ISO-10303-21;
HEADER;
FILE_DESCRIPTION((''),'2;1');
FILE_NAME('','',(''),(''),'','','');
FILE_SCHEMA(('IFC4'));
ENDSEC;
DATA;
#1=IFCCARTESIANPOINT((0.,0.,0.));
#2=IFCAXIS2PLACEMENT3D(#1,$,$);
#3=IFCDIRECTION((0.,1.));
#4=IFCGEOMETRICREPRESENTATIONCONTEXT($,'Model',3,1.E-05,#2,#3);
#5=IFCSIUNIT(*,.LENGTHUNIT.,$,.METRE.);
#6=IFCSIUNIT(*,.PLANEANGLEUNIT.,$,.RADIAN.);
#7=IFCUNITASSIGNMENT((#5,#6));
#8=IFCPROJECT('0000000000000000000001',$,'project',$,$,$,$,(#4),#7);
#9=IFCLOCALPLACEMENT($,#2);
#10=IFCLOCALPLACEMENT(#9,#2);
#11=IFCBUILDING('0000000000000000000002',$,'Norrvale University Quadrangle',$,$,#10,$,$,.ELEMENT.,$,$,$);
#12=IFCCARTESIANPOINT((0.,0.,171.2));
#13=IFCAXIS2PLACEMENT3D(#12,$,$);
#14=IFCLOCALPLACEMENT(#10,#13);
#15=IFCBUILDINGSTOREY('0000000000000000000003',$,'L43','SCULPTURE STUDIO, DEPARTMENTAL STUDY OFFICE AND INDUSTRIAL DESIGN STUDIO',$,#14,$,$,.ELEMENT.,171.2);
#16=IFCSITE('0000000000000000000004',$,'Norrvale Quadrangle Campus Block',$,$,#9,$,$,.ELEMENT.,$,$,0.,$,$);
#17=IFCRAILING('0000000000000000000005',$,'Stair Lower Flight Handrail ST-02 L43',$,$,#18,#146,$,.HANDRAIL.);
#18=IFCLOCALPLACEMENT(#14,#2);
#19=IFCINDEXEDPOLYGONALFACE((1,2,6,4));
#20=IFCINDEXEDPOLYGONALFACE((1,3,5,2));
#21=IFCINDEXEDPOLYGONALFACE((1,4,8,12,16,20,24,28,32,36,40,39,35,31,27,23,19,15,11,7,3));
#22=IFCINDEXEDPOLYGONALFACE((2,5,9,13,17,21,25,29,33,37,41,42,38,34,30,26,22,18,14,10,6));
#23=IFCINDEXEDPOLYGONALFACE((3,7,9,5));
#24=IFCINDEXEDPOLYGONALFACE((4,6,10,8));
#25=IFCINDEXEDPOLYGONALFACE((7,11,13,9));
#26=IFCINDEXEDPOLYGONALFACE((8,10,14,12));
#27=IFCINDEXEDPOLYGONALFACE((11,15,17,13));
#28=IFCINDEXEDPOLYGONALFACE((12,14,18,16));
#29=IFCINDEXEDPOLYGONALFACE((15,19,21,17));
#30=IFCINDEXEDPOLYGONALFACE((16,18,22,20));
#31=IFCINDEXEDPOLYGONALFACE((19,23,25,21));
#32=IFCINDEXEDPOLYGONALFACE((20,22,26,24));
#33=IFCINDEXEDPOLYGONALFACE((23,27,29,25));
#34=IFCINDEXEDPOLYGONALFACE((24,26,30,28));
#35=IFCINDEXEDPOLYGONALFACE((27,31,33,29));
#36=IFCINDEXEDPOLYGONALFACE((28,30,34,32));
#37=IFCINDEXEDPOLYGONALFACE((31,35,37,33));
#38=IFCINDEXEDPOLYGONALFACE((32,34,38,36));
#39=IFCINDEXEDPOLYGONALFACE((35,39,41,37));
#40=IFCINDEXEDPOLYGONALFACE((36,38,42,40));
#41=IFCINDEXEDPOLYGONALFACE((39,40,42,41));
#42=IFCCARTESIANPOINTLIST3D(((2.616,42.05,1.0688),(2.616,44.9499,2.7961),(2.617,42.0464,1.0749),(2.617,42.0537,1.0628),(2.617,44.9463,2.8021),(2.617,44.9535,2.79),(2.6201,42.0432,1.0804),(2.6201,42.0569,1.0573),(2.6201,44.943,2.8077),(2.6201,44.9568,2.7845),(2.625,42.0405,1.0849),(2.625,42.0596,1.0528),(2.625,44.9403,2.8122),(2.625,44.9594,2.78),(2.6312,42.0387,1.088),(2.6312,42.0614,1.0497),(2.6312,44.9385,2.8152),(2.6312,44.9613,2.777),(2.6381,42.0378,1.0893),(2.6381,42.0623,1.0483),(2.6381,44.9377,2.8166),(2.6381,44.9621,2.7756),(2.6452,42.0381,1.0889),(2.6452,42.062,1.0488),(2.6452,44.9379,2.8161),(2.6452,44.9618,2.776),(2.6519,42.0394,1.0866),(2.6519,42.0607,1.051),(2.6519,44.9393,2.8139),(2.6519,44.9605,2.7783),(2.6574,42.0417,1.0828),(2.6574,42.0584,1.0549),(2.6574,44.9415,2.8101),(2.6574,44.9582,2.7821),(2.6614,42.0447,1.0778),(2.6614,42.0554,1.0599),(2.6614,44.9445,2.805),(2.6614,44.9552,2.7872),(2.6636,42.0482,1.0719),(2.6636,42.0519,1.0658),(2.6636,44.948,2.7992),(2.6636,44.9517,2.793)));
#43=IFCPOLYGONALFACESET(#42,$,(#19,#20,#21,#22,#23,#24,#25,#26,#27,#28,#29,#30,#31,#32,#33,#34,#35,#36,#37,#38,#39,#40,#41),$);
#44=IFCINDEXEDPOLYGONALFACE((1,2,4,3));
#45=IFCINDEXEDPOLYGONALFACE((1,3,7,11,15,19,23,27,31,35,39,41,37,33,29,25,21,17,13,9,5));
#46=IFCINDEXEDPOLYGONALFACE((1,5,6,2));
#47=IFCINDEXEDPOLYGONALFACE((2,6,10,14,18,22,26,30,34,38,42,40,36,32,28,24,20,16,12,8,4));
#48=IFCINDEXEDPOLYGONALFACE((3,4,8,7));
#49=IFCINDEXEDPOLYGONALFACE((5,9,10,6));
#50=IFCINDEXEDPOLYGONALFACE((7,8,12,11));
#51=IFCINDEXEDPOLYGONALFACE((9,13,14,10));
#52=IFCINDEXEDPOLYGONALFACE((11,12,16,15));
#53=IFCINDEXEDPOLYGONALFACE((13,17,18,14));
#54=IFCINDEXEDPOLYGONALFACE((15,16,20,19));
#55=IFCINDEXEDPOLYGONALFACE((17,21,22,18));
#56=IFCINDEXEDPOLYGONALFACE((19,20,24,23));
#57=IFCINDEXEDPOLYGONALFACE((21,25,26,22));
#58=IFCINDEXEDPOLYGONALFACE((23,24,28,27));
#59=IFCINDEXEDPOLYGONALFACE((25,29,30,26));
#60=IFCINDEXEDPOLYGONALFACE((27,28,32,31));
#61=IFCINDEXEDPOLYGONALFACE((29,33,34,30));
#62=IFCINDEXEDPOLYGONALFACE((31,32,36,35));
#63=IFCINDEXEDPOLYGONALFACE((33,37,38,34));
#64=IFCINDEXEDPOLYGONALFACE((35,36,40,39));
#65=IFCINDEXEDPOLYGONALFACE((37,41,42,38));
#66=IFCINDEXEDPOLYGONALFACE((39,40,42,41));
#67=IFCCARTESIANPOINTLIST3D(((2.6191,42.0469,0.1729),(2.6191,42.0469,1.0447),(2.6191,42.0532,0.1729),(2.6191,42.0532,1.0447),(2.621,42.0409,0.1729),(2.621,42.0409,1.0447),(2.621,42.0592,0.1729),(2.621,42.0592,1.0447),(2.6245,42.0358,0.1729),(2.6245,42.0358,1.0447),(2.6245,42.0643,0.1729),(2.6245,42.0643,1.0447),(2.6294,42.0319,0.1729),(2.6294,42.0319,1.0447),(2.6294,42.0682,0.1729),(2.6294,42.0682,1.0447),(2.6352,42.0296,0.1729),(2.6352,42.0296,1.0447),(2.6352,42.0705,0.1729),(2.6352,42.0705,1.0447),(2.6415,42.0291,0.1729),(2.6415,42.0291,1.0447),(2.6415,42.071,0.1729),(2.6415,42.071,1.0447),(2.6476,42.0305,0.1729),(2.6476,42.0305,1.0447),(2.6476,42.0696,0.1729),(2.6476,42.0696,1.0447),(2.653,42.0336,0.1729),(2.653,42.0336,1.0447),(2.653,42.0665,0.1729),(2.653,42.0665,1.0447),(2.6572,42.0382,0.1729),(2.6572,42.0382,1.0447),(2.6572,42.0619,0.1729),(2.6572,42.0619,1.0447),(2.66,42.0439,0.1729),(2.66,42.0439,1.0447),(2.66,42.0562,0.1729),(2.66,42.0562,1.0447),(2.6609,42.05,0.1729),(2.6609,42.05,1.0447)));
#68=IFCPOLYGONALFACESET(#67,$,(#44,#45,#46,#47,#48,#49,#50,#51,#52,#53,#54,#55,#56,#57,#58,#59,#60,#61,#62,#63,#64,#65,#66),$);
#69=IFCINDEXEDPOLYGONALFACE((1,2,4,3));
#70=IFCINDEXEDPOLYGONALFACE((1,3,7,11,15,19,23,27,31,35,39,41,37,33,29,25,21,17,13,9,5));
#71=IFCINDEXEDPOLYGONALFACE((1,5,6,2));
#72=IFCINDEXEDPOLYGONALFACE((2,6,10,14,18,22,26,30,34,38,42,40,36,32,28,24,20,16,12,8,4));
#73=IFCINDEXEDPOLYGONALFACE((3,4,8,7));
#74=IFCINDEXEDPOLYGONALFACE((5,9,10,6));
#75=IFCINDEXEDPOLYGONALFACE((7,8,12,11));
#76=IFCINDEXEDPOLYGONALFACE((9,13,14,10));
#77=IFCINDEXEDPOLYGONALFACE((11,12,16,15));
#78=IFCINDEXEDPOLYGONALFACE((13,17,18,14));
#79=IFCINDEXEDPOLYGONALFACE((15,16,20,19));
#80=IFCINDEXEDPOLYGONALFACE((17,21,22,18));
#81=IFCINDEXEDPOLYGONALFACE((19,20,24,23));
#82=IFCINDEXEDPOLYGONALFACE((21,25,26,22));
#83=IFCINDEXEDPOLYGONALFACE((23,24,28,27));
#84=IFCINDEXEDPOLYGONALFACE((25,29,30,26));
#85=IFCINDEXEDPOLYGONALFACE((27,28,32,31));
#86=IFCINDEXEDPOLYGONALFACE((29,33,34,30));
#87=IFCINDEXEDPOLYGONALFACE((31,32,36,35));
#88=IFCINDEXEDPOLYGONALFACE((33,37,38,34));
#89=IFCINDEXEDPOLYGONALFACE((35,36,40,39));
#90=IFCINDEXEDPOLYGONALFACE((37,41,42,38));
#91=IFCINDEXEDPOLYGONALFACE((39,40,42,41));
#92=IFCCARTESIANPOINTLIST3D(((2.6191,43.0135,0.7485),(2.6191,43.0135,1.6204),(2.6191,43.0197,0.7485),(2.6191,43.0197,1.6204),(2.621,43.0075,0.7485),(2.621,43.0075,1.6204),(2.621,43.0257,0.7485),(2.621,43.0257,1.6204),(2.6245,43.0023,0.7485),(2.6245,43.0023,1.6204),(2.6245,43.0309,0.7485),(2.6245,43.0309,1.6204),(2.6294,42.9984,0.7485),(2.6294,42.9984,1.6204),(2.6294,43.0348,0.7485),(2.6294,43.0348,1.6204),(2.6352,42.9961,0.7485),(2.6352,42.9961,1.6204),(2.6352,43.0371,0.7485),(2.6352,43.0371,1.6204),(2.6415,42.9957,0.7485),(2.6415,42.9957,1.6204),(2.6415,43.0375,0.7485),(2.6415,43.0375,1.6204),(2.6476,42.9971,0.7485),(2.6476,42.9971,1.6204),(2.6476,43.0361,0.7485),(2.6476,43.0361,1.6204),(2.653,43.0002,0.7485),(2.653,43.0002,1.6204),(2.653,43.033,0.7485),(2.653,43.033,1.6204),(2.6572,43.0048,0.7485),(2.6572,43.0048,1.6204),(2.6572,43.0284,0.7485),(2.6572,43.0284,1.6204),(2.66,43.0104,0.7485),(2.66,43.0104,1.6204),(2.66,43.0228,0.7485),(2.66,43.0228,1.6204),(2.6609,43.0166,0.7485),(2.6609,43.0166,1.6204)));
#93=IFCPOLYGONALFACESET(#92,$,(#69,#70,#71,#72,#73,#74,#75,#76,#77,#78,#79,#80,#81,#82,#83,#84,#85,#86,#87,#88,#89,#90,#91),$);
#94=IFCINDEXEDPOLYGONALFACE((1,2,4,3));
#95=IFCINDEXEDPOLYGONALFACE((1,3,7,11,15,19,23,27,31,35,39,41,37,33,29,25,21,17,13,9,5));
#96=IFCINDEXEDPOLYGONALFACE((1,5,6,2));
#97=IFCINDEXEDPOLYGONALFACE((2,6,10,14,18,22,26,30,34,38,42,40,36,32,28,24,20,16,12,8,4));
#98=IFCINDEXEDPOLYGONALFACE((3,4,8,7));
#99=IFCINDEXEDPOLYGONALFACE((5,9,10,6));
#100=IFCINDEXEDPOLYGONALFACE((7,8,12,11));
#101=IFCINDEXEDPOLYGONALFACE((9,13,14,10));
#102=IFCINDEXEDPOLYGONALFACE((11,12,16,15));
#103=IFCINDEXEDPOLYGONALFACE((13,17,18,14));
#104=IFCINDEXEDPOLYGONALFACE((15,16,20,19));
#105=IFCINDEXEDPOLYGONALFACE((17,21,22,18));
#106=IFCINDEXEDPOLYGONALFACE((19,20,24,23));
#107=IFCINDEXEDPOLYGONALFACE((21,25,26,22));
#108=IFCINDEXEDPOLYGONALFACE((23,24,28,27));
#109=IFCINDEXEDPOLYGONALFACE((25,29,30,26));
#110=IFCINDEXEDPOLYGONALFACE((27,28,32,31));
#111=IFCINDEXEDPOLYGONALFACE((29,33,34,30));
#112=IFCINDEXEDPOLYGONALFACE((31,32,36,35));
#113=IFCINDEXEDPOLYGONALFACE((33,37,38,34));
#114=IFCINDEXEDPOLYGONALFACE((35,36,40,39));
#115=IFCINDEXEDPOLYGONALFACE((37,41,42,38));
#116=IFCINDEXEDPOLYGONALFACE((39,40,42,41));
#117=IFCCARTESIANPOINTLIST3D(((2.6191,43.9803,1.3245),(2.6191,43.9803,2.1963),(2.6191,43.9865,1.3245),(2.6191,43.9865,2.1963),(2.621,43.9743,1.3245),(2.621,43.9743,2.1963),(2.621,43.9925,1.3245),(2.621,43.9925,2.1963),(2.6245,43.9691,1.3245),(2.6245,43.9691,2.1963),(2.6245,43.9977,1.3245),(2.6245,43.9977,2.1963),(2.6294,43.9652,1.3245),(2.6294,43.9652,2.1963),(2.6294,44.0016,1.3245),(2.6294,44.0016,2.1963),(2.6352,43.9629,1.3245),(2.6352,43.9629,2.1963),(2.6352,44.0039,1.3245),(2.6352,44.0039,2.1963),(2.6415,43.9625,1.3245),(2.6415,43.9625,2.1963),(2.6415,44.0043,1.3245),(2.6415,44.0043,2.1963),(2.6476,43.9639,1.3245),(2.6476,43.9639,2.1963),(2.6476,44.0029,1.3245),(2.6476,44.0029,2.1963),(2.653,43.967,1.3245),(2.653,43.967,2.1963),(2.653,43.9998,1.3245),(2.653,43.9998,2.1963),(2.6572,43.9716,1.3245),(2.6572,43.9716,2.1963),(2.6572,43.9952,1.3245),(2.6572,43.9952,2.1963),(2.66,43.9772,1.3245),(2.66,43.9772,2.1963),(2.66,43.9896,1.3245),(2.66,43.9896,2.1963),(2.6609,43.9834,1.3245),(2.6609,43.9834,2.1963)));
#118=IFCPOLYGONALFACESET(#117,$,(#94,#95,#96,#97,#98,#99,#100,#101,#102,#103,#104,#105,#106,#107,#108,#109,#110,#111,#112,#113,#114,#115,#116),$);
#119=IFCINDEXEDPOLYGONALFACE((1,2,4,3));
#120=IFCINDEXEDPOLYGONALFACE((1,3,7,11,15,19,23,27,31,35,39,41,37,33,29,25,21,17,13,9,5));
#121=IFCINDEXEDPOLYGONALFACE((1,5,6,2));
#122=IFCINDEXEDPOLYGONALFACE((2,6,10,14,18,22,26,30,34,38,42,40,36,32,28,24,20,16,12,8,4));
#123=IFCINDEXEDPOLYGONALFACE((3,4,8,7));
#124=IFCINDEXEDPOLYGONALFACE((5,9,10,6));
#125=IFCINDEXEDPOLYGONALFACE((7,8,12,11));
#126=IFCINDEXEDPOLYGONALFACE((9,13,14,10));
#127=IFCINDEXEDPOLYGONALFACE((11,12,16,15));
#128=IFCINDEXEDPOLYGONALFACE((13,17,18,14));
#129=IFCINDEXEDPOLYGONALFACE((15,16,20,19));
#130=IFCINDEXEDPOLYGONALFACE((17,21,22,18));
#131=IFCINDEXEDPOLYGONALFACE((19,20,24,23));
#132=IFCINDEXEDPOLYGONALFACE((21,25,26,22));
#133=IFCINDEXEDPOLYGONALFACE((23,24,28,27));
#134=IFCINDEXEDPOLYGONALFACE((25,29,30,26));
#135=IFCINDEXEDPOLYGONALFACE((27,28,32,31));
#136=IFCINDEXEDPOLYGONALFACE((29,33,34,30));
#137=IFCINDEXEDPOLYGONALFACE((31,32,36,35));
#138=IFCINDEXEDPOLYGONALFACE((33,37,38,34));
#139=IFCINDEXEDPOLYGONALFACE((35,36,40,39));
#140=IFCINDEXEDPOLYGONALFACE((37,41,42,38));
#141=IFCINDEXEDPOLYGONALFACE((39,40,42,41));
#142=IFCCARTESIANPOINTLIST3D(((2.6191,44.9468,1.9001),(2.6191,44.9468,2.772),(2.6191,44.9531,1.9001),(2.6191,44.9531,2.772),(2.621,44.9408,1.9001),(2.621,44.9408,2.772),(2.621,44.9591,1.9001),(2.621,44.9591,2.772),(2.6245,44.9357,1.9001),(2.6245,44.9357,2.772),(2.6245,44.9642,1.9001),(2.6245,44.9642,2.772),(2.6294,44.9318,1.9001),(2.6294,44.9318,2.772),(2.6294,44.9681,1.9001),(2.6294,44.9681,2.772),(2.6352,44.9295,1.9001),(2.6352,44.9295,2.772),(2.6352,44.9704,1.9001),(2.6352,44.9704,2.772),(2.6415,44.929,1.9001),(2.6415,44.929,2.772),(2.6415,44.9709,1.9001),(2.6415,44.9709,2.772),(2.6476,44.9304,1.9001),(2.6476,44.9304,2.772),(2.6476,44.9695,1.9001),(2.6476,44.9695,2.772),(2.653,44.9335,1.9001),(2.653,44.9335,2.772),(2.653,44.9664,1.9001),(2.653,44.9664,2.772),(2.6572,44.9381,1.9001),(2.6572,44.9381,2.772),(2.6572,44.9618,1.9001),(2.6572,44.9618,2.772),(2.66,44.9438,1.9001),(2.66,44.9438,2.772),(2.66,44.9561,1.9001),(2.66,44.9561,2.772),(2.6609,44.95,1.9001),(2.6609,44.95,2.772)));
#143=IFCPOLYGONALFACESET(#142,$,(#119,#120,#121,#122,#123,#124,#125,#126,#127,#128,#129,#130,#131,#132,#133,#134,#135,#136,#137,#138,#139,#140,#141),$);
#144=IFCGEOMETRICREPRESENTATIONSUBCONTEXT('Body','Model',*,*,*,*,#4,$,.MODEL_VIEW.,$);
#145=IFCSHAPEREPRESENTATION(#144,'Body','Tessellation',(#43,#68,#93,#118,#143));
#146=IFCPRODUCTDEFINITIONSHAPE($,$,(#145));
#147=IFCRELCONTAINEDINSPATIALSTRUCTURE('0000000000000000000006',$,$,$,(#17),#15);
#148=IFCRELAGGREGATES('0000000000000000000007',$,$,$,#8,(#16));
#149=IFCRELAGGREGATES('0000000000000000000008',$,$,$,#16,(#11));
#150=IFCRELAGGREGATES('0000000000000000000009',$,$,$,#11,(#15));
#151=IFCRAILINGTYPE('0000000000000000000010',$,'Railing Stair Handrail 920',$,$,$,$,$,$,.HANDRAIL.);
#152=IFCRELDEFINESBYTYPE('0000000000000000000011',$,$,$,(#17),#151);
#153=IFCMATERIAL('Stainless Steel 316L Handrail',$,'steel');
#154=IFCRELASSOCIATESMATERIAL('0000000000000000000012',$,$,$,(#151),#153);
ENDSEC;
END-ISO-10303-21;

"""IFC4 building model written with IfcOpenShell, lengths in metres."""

from ifc_helpers import new_model, si_unit, direction, frame, origin, origin_2d, place, context, subcontext, project, spatial, circle, extrude, material, type_object, element, save


model = new_model("IFC4")

# Units and contexts
model_context = context("Model", 3, precision=1e-05, world=origin(), true_north=direction((0.0, 1.0)))
body_context = subcontext(model_context, "Body", "Model", "MODEL_VIEW")
ifc_project = project(units=[si_unit("LENGTHUNIT", "METRE"), si_unit("PLANEANGLEUNIT", "RADIAN")], contexts=[model_context])

# Site, building, storey
site_placement = place(None, origin())
site = spatial("IfcSite", under=ifc_project, at=site_placement, Name="Norrvale Quadrangle Campus Block", CompositionType="ELEMENT", RefElevation=0.0)
building_placement = place(site_placement, origin())
building = spatial("IfcBuilding", under=site, at=building_placement, Name="Norrvale University Quadrangle", CompositionType="ELEMENT")
storey_placement = place(building_placement, frame((0.0, 0.0, 171.2)))
storey = spatial("IfcBuildingStorey", under=building, at=storey_placement, Name="L43", Description="SCULPTURE STUDIO, DEPARTMENTAL STUDY OFFICE AND INDUSTRIAL DESIGN STUDIO", CompositionType="ELEMENT", Elevation=171.2)

# Railing
ifc_material_1 = material(Name="Stainless Steel 316L Handrail", Category="steel")
railing_type_1 = type_object("IfcRailingType", Name="Railing Stair Handrail 920", PredefinedType="HANDRAIL", material=ifc_material_1)
railing_1_placement = place(storey_placement, frame((2.6399, 42.05, 0.1729)))
element("IfcRailing", 1, at=railing_1_placement, inside=storey, type_object=railing_type_1, Name="Stair Lower Flight Handrail ST-02 L43", PredefinedType="HANDRAIL", context=body_context, shape_type="SweptSolid", body=[
    extrude(circle(Radius=0.0239, at=origin_2d()), frame((0.0, 0.0, 0.896), z_axis=(0.0, 0.859141, 0.511738), x_axis=(-1.0, 0.0, 0.0)), (0.0, 0.0, 1.0), 3.3752),
    extrude(circle(Radius=0.021, at=origin_2d()), origin(), (0.0, 0.0, 1.0), 0.8718),
    extrude(circle(Radius=0.021, at=origin_2d()), frame((0.0, 0.9666, 0.5757)), (0.0, 0.0, 1.0), 0.8718),
    extrude(circle(Radius=0.021, at=origin_2d()), frame((0.0, 1.9333, 1.1516)), (0.0, 0.0, 1.0), 0.8718),
    extrude(circle(Radius=0.021, at=origin_2d()), frame((0.0, 2.8999, 1.7273)), (0.0, 0.0, 1.0), 0.8718),
])

save(model, "model.ifc")
